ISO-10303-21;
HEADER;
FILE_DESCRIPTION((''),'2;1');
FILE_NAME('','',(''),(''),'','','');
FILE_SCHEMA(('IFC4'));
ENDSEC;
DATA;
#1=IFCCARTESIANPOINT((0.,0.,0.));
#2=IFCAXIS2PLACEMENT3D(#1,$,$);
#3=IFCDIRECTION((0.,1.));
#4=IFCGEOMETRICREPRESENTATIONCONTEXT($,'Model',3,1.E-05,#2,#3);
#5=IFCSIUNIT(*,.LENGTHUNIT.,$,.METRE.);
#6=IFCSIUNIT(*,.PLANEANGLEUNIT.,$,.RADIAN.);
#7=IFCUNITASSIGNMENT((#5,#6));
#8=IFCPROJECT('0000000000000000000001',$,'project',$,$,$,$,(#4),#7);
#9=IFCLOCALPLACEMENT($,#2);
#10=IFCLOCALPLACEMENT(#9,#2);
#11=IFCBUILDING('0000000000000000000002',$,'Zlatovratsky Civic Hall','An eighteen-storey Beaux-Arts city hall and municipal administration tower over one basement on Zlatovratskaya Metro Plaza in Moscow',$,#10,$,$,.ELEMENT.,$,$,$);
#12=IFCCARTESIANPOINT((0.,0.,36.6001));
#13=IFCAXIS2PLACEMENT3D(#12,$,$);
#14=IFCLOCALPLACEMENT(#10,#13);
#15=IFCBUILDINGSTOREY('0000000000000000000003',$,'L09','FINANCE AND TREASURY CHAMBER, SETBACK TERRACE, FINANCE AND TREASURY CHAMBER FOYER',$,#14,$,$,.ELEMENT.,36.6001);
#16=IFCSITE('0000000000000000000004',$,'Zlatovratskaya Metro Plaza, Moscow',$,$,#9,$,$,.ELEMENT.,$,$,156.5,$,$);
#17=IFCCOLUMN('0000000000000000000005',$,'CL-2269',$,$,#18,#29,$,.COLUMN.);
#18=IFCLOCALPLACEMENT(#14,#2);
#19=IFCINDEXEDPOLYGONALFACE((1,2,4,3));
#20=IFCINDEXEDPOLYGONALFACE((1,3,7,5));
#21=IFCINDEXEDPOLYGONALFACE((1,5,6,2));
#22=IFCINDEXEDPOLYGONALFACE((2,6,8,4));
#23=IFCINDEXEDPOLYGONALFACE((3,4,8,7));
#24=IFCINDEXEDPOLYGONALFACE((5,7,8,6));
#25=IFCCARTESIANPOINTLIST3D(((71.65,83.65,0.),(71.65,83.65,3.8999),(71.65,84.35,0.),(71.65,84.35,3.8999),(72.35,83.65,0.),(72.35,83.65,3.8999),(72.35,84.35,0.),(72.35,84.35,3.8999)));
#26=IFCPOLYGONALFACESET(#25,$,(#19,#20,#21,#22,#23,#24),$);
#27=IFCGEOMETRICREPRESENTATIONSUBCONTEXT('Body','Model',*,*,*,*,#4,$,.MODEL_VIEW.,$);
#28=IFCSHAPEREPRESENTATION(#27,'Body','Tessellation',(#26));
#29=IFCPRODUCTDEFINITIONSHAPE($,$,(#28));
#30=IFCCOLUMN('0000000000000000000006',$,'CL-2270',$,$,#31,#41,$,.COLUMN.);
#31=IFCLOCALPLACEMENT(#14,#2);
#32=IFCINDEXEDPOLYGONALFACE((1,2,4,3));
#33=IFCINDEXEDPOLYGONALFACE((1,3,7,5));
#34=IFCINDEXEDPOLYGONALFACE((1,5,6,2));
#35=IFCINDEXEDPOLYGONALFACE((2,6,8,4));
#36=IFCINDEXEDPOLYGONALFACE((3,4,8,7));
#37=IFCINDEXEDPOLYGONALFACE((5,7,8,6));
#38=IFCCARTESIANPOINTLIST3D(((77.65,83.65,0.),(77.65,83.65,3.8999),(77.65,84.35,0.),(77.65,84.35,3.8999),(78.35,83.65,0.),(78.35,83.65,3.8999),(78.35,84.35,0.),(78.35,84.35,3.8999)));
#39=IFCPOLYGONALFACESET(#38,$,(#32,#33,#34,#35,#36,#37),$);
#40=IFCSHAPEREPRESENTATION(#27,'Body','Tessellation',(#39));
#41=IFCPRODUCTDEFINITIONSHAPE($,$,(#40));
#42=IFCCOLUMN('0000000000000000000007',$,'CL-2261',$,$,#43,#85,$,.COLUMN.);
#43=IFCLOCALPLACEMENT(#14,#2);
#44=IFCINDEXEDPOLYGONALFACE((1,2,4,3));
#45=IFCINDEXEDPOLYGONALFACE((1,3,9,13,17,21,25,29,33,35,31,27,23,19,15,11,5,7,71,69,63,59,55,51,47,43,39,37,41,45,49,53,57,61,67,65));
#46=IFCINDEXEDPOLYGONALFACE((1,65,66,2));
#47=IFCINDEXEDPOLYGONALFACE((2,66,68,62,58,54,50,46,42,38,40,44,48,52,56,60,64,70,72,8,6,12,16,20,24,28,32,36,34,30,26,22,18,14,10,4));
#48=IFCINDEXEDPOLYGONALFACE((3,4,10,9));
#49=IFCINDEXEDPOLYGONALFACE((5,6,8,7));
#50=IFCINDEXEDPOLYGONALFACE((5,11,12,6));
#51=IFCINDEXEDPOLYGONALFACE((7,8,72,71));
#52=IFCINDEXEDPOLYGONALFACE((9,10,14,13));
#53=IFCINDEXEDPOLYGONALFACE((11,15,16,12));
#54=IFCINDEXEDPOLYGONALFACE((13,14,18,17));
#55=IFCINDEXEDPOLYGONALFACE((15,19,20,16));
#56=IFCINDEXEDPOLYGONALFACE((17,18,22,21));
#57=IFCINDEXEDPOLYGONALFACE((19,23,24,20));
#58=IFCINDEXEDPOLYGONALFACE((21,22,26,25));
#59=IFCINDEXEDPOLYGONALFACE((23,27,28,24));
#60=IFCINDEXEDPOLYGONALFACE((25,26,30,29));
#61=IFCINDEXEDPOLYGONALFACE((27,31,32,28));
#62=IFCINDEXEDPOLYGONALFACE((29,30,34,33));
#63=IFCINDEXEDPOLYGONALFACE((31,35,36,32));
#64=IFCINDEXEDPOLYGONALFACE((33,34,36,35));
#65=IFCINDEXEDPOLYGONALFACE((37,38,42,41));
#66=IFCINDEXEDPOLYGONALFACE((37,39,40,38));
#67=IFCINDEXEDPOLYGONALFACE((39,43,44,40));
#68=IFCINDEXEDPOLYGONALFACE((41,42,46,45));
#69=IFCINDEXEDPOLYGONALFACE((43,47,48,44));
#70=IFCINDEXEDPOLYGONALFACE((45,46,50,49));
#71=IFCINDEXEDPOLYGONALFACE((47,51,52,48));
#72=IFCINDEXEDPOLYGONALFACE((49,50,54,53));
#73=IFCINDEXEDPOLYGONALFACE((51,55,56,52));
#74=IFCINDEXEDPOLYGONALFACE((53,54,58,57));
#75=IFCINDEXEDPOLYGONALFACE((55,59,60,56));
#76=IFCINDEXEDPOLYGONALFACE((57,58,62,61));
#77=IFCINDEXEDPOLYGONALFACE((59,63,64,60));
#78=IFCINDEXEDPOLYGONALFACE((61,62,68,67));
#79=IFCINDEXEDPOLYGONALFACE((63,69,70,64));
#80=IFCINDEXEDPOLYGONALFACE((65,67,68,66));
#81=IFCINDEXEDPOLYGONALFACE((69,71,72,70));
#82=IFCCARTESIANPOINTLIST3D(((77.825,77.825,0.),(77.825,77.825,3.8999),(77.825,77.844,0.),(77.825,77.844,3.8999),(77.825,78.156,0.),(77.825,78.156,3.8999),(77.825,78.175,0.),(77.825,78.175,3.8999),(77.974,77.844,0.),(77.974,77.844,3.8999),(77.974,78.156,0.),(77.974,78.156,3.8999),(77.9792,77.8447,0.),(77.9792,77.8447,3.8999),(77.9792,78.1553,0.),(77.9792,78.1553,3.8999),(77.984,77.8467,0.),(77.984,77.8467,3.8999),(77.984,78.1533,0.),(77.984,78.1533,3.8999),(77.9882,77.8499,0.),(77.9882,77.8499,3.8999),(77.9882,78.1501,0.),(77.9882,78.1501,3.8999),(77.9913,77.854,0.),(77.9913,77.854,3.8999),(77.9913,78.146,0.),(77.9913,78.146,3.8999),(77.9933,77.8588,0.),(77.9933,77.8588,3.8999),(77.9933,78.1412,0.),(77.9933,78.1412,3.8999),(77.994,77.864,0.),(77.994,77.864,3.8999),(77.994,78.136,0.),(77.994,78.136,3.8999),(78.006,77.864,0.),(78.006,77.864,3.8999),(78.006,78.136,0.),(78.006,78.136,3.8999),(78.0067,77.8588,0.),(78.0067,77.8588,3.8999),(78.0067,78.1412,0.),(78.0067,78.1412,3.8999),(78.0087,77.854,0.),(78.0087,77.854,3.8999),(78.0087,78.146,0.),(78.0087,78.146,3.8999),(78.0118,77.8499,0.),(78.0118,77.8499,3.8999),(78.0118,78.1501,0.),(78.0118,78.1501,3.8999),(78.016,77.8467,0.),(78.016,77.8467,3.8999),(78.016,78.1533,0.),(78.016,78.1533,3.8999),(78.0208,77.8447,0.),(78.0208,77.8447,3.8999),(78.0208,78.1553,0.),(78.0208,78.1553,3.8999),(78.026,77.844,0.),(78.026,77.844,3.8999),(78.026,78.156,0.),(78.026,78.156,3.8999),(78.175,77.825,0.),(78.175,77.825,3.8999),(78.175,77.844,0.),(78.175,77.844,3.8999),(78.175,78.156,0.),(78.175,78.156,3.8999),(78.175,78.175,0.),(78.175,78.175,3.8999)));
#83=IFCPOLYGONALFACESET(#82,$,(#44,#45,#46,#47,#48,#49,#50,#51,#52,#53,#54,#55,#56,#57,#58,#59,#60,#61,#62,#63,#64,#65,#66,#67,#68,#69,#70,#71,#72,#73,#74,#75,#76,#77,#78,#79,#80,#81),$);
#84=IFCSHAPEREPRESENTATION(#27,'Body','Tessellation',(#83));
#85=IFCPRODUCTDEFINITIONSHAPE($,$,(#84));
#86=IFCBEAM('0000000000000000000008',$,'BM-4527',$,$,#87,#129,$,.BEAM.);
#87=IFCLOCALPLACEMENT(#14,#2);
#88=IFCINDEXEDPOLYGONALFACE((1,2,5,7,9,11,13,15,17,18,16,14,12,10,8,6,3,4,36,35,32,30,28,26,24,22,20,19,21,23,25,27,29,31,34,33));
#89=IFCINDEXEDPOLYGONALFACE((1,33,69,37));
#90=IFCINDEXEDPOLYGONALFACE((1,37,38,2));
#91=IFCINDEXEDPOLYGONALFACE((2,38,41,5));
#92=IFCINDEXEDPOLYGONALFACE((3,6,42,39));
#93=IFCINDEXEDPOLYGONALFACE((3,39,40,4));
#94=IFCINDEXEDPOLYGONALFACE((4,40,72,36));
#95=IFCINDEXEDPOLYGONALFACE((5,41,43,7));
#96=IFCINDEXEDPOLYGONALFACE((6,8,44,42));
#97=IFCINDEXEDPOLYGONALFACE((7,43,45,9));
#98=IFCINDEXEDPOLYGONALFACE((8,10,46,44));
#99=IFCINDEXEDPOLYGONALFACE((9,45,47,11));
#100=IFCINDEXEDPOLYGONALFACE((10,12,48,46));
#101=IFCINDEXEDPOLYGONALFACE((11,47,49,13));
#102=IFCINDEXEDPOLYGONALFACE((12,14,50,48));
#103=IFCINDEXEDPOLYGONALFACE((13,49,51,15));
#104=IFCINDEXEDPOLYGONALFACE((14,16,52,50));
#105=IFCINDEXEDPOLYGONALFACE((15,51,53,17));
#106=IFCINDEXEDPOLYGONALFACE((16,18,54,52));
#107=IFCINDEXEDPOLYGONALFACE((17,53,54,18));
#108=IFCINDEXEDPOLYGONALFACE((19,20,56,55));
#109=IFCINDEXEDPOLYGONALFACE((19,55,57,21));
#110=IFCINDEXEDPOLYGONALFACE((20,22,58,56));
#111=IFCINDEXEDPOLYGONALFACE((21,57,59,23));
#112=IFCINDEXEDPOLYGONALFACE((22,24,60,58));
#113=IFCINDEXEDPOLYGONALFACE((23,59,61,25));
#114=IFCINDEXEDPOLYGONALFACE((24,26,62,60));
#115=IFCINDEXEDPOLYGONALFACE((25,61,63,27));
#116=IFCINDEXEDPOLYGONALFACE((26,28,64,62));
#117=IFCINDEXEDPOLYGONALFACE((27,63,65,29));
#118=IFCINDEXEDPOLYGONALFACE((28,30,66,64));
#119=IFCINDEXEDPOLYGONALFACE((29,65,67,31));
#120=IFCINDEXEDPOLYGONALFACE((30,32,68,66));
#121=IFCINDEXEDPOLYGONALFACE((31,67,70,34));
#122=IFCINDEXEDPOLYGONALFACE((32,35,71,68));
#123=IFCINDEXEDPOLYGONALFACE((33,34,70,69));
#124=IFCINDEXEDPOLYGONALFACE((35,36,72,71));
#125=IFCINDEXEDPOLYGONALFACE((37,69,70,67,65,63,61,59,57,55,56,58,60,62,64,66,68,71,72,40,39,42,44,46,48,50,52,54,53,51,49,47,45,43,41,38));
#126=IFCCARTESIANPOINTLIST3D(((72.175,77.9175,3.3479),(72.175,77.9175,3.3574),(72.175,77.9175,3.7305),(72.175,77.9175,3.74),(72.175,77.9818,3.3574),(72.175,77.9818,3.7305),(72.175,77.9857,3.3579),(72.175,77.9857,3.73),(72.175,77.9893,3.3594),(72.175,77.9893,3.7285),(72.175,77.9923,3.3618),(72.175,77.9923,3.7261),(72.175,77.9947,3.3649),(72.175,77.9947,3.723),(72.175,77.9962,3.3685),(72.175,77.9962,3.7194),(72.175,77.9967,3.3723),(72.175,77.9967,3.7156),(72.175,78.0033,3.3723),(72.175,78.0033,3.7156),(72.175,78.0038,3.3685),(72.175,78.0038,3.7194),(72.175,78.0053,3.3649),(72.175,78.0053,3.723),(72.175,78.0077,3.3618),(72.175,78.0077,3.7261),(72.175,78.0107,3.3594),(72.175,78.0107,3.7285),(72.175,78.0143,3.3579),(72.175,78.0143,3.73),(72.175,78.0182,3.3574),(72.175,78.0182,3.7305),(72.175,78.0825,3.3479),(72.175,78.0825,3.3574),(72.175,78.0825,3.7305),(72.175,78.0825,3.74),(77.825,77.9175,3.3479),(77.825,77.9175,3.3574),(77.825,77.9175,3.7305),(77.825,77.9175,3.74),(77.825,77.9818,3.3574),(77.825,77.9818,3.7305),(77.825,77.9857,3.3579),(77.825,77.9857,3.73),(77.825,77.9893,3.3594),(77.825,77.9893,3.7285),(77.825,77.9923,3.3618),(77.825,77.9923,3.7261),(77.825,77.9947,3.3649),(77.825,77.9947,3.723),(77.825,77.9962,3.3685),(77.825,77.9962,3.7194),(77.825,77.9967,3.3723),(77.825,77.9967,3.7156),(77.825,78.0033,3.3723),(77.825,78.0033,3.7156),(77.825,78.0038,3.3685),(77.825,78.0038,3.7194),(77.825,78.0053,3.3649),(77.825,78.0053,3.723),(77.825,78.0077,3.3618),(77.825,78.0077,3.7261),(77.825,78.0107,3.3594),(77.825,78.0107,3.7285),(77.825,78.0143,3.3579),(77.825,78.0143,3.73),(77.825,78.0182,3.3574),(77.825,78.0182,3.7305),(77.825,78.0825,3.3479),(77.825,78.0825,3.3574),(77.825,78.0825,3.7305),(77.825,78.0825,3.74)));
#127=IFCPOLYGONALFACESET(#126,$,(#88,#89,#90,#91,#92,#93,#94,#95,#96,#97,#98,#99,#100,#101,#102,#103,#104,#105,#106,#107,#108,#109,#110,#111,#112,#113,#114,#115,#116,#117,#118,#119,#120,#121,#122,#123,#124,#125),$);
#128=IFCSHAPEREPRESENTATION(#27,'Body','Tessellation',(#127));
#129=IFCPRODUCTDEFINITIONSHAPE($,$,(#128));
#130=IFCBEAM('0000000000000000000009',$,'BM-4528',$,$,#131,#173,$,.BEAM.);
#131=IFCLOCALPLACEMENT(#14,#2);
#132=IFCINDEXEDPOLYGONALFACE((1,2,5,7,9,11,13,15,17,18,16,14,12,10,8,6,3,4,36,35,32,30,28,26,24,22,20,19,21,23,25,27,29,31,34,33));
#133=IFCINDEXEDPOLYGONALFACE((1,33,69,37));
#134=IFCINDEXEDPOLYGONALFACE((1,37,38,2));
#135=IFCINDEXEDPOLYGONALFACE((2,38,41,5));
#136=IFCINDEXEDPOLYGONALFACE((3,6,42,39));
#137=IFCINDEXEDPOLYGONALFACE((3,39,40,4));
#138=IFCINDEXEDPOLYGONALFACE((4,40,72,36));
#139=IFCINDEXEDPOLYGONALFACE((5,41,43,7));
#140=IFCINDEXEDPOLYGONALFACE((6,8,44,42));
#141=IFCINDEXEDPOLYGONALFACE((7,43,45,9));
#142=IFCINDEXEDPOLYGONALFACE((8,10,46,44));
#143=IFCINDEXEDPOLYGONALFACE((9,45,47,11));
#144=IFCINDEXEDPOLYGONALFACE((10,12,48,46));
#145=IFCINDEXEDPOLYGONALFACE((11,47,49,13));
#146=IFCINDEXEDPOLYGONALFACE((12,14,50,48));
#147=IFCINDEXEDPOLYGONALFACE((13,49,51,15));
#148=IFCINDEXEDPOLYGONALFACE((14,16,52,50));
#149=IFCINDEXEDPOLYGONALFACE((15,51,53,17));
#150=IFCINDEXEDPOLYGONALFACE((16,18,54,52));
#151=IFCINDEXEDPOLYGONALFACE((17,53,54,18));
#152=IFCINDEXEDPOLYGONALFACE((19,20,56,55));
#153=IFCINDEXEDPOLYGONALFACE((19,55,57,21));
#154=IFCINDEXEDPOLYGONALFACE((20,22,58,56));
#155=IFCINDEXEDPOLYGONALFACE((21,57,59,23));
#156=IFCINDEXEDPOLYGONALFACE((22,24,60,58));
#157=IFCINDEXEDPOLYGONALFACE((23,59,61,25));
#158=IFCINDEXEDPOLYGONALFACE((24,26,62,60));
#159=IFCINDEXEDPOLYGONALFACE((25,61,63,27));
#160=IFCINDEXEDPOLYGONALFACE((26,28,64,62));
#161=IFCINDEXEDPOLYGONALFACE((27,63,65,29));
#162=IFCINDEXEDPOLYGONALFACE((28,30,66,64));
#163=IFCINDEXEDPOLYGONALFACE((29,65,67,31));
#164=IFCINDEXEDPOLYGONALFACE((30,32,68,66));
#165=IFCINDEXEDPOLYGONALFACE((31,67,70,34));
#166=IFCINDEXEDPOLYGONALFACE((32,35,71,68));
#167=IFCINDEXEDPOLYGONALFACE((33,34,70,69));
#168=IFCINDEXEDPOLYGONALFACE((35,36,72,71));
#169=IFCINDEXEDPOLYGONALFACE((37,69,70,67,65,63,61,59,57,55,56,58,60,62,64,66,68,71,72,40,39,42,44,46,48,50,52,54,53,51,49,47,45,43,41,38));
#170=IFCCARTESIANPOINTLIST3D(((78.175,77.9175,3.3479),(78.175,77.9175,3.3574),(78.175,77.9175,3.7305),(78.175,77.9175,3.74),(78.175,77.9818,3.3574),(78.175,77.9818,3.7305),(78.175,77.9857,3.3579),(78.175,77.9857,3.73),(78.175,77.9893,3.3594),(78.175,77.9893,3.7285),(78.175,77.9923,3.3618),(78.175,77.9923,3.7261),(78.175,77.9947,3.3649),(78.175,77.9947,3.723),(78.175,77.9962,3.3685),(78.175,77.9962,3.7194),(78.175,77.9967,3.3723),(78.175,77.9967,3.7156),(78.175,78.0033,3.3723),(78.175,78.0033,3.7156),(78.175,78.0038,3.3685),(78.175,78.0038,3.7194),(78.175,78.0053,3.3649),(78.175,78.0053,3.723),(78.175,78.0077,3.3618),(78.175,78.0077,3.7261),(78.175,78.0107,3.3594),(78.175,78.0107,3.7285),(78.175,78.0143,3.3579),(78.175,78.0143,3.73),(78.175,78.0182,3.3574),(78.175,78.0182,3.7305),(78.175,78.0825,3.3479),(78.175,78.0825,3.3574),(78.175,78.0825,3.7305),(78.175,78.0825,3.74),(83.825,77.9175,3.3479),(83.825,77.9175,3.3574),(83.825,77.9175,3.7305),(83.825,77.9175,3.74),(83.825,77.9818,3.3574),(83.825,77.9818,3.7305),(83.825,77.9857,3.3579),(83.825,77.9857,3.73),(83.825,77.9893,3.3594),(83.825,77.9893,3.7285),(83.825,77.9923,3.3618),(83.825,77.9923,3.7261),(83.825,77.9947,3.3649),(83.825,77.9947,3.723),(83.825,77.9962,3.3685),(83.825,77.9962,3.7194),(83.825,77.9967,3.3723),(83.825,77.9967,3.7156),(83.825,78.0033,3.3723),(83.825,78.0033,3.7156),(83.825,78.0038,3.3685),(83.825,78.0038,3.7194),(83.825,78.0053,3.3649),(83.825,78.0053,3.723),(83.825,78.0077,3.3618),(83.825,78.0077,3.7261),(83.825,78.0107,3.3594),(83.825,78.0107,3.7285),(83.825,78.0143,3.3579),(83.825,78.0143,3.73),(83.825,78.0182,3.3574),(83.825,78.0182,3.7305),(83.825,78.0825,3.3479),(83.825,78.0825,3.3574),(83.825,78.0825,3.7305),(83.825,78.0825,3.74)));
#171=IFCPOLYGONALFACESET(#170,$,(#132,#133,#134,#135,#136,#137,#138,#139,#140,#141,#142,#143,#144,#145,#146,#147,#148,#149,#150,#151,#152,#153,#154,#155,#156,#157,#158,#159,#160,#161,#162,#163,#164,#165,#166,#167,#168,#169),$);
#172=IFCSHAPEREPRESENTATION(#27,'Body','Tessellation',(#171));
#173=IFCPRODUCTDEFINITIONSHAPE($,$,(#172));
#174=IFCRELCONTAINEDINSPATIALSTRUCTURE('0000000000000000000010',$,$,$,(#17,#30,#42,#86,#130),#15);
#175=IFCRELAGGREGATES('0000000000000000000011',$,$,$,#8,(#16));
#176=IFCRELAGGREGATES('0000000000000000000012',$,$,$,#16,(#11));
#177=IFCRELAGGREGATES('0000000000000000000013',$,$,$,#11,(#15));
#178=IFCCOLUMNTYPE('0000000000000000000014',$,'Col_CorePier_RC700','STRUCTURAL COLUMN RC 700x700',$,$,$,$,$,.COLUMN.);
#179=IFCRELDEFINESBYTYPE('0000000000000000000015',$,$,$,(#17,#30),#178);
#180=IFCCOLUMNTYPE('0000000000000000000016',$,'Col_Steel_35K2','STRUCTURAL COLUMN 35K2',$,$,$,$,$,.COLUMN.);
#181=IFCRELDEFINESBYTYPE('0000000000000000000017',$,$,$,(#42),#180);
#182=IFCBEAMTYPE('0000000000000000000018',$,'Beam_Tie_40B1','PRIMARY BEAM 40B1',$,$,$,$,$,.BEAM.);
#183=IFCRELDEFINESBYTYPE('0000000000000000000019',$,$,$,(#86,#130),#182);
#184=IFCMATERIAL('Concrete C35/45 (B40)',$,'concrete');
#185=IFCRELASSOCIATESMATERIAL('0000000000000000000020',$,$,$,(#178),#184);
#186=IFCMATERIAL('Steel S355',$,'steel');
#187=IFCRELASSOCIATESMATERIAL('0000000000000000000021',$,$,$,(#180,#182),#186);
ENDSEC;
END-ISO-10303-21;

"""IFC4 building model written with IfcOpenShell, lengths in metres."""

from ifc_helpers import new_model, si_unit, direction, frame, origin, origin_2d, place, context, subcontext, project, spatial, rectangle, i_section, extrude, material, material_profile, profile_set, type_object, element, save


model = new_model("IFC4")

# Units and contexts
model_context = context("Model", 3, precision=1e-05, world=origin(), true_north=direction((0.0, 1.0)))
body_context = subcontext(model_context, "Body", "Model", "MODEL_VIEW")
ifc_project = project(units=[si_unit("LENGTHUNIT", "METRE"), si_unit("PLANEANGLEUNIT", "RADIAN")], contexts=[model_context])

# Site, building, storey
site_placement = place(None, origin())
site = spatial("IfcSite", under=ifc_project, at=site_placement, Name="Zlatovratskaya Metro Plaza, Moscow", CompositionType="ELEMENT", RefElevation=156.5)
building_placement = place(site_placement, origin())
building = spatial("IfcBuilding", under=site, at=building_placement, Name="Zlatovratsky Civic Hall", Description="An eighteen-storey Beaux-Arts city hall and municipal administration tower over one basement on Zlatovratskaya Metro Plaza in Moscow", CompositionType="ELEMENT")
storey_placement = place(building_placement, frame((0.0, 0.0, 36.6001)))
storey = spatial("IfcBuildingStorey", under=building, at=storey_placement, Name="L09", Description="FINANCE AND TREASURY CHAMBER, SETBACK TERRACE, FINANCE AND TREASURY CHAMBER FOYER", CompositionType="ELEMENT", Elevation=36.6001)

# Columns
ifc_material_1 = material(Name="Concrete C35/45 (B40)", Category="concrete")
ifc_material_profile_1 = material_profile(ifc_material_1, rectangle(XDim=0.7, YDim=0.7, at=origin_2d()), Name="RC 700x700")
ifc_profile_set_1 = profile_set([ifc_material_profile_1], Name="Concrete C35/45 (B40)")
column_type_1 = type_object("IfcColumnType", Name="Col_CorePier_RC700", Description="STRUCTURAL COLUMN RC 700x700", PredefinedType="COLUMN", material=ifc_profile_set_1)
for number, where, z_axis, x_axis, name in (
    (1, (72.0, 84.0, 0.0), (0.0, 0.0, 1.0), (1.0, 0.0, 0.0), "CL-2269"),
    (2, (78.0, 84.0, 0.0), (0.0, 0.0, 1.0), (1.0, 0.0, 0.0), "CL-2270"),
):
    element("IfcColumn", number, at=place(storey_placement, frame(where, z_axis=z_axis, x_axis=x_axis)), inside=storey, type_object=column_type_1, Name=name, PredefinedType="COLUMN", context=body_context, shape_type="SweptSolid", body=[
        extrude(rectangle(XDim=0.7, YDim=0.7, at=origin_2d()), origin(), (0.0, 0.0, 1.0), 3.8999),
    ])
ifc_material_2 = material(Name="Steel S355", Category="steel")
ifc_material_profile_2 = material_profile(ifc_material_2, i_section(OverallWidth=0.3501, OverallDepth=0.3501, WebThickness=0.012, FlangeThickness=0.019, FilletRadius=0.02, at=origin_2d()), Name="35K2")
ifc_profile_set_2 = profile_set([ifc_material_profile_2], Name="Steel S355")
column_type_2 = type_object("IfcColumnType", Name="Col_Steel_35K2", Description="STRUCTURAL COLUMN 35K2", PredefinedType="COLUMN", material=ifc_profile_set_2)
column_placement = place(storey_placement, frame((78.0, 78.0, 0.0), z_axis=(0.0, 0.0, 1.0), x_axis=(1.0, 0.0, 0.0)))
element("IfcColumn", 3, at=column_placement, inside=storey, type_object=column_type_2, Name="CL-2261", PredefinedType="COLUMN", context=body_context, shape_type="SweptSolid", body=[
    extrude(i_section(OverallWidth=0.3501, OverallDepth=0.3501, WebThickness=0.012, FlangeThickness=0.019, FilletRadius=0.02, at=origin_2d()), origin(), (0.0, 0.0, 1.0), 3.8999),
])

# Beams
ifc_material_profile_3 = material_profile(ifc_material_2, i_section(OverallWidth=0.165, OverallDepth=0.3921, WebThickness=0.0066, FlangeThickness=0.0095, FilletRadius=0.0149, at=origin_2d()), Name="40B1")
ifc_profile_set_3 = profile_set([ifc_material_profile_3], Name="Steel S355")
beam_type = type_object("IfcBeamType", Name="Beam_Tie_40B1", Description="PRIMARY BEAM 40B1", PredefinedType="BEAM", material=ifc_profile_set_3)
for number, where, z_axis, x_axis, name in (
    (4, (72.175, 78.0, 3.5439), (1.0, 0.0, 0.0), (0.0, 1.0, 0.0), "BM-4527"),
    (5, (78.175, 78.0, 3.5439), (1.0, 0.0, 0.0), (0.0, 1.0, 0.0), "BM-4528"),
):
    element("IfcBeam", number, at=place(storey_placement, frame(where, z_axis=z_axis, x_axis=x_axis)), inside=storey, type_object=beam_type, Name=name, PredefinedType="BEAM", context=body_context, shape_type="SweptSolid", body=[
        extrude(i_section(OverallWidth=0.165, OverallDepth=0.3921, WebThickness=0.0066, FlangeThickness=0.0095, FilletRadius=0.0149, at=origin_2d()), origin(), (0.0, 0.0, 1.0), 5.6499),
    ])

save(model, "model.ifc")
